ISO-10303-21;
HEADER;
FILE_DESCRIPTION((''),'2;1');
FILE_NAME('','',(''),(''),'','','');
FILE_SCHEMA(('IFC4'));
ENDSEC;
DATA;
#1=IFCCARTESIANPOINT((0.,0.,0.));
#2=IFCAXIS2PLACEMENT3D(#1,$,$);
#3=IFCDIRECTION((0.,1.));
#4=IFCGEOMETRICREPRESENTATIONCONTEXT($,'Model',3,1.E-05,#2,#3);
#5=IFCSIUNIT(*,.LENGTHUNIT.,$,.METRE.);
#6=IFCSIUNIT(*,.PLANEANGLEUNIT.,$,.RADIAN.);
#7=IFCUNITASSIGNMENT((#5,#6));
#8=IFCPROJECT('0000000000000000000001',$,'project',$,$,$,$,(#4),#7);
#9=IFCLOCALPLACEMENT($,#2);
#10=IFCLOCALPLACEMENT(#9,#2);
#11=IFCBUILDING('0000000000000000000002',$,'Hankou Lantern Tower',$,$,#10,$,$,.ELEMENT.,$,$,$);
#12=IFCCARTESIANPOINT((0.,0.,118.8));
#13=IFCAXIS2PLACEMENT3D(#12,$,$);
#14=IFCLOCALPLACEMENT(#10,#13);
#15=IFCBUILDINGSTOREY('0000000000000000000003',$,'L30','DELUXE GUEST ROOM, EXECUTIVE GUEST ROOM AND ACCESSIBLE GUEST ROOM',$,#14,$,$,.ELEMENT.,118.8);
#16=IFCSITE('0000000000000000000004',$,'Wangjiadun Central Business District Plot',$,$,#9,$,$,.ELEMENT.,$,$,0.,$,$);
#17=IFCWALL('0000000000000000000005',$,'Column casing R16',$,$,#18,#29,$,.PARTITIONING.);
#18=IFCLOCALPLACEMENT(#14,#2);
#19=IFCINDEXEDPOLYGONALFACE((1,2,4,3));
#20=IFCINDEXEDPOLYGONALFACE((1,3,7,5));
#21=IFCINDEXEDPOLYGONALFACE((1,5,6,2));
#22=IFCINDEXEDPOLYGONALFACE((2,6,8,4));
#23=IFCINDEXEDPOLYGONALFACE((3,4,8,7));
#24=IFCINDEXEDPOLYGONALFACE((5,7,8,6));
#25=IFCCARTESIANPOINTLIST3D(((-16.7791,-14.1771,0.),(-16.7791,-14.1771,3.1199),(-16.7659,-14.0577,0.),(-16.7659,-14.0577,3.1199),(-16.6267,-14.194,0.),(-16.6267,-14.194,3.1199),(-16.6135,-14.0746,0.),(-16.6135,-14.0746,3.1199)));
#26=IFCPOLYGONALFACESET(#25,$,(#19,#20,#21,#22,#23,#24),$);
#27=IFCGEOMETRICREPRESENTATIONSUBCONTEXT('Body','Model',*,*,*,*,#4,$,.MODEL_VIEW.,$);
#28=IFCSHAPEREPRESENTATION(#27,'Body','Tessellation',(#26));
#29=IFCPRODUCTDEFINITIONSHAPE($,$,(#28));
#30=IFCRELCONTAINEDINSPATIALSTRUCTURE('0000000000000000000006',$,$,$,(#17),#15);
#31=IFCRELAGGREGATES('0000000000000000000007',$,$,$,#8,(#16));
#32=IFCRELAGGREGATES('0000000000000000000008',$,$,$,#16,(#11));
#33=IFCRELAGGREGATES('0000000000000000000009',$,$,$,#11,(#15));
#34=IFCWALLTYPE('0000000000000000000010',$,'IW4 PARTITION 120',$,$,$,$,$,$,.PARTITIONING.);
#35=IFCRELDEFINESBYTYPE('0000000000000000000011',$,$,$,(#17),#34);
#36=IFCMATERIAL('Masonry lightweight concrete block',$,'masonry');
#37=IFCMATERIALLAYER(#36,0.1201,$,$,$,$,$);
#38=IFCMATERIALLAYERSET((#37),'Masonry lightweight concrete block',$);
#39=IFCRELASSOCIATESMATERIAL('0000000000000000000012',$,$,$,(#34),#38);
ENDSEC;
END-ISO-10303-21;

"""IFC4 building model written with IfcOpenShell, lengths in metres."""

from ifc_helpers import new_model, si_unit, direction, frame, frame_2d, origin, place, context, subcontext, project, spatial, rectangle, extrude, material, layer, layer_set, type_object, element, save


model = new_model("IFC4")

# Units and contexts
model_context = context("Model", 3, precision=1e-05, world=origin(), true_north=direction((0.0, 1.0)))
body_context = subcontext(model_context, "Body", "Model", "MODEL_VIEW")
ifc_project = project(units=[si_unit("LENGTHUNIT", "METRE"), si_unit("PLANEANGLEUNIT", "RADIAN")], contexts=[model_context])

# Site, building, storey
site_placement = place(None, origin())
site = spatial("IfcSite", under=ifc_project, at=site_placement, Name="Wangjiadun Central Business District Plot", CompositionType="ELEMENT", RefElevation=0.0)
building_placement = place(site_placement, origin())
building = spatial("IfcBuilding", under=site, at=building_placement, Name="Hankou Lantern Tower", CompositionType="ELEMENT")
storey_placement = place(building_placement, frame((0.0, 0.0, 118.8)))
storey = spatial("IfcBuildingStorey", under=building, at=storey_placement, Name="L30", Description="DELUXE GUEST ROOM, EXECUTIVE GUEST ROOM AND ACCESSIBLE GUEST ROOM", CompositionType="ELEMENT", Elevation=118.8)

# Wall
ifc_material_1 = material(Name="Masonry lightweight concrete block", Category="masonry")
ifc_layer_1 = layer(ifc_material_1, 0.1201)
ifc_layer_set_1 = layer_set([ifc_layer_1], Name="Masonry lightweight concrete block")
wall_type_1 = type_object("IfcWallType", Name="IW4 PARTITION 120", PredefinedType="PARTITIONING", material=ifc_layer_set_1)
wall_1_placement = place(storey_placement, frame((-16.6201, -14.1343, 0.0), z_axis=(0.0, 0.0, 1.0), x_axis=(-0.993942, 0.109907, 0.0)))
element("IfcWall", 1, at=wall_1_placement, inside=storey, type_object=wall_type_1, Name="Column casing R16", PredefinedType="PARTITIONING", context=body_context, shape_type="SweptSolid", body=[
    extrude(rectangle(XDim=0.1533, YDim=0.1201, at=frame_2d((0.0767, 0.0))), origin(), (0.0, 0.0, 1.0), 3.1199),
])

save(model, "model.ifc")
